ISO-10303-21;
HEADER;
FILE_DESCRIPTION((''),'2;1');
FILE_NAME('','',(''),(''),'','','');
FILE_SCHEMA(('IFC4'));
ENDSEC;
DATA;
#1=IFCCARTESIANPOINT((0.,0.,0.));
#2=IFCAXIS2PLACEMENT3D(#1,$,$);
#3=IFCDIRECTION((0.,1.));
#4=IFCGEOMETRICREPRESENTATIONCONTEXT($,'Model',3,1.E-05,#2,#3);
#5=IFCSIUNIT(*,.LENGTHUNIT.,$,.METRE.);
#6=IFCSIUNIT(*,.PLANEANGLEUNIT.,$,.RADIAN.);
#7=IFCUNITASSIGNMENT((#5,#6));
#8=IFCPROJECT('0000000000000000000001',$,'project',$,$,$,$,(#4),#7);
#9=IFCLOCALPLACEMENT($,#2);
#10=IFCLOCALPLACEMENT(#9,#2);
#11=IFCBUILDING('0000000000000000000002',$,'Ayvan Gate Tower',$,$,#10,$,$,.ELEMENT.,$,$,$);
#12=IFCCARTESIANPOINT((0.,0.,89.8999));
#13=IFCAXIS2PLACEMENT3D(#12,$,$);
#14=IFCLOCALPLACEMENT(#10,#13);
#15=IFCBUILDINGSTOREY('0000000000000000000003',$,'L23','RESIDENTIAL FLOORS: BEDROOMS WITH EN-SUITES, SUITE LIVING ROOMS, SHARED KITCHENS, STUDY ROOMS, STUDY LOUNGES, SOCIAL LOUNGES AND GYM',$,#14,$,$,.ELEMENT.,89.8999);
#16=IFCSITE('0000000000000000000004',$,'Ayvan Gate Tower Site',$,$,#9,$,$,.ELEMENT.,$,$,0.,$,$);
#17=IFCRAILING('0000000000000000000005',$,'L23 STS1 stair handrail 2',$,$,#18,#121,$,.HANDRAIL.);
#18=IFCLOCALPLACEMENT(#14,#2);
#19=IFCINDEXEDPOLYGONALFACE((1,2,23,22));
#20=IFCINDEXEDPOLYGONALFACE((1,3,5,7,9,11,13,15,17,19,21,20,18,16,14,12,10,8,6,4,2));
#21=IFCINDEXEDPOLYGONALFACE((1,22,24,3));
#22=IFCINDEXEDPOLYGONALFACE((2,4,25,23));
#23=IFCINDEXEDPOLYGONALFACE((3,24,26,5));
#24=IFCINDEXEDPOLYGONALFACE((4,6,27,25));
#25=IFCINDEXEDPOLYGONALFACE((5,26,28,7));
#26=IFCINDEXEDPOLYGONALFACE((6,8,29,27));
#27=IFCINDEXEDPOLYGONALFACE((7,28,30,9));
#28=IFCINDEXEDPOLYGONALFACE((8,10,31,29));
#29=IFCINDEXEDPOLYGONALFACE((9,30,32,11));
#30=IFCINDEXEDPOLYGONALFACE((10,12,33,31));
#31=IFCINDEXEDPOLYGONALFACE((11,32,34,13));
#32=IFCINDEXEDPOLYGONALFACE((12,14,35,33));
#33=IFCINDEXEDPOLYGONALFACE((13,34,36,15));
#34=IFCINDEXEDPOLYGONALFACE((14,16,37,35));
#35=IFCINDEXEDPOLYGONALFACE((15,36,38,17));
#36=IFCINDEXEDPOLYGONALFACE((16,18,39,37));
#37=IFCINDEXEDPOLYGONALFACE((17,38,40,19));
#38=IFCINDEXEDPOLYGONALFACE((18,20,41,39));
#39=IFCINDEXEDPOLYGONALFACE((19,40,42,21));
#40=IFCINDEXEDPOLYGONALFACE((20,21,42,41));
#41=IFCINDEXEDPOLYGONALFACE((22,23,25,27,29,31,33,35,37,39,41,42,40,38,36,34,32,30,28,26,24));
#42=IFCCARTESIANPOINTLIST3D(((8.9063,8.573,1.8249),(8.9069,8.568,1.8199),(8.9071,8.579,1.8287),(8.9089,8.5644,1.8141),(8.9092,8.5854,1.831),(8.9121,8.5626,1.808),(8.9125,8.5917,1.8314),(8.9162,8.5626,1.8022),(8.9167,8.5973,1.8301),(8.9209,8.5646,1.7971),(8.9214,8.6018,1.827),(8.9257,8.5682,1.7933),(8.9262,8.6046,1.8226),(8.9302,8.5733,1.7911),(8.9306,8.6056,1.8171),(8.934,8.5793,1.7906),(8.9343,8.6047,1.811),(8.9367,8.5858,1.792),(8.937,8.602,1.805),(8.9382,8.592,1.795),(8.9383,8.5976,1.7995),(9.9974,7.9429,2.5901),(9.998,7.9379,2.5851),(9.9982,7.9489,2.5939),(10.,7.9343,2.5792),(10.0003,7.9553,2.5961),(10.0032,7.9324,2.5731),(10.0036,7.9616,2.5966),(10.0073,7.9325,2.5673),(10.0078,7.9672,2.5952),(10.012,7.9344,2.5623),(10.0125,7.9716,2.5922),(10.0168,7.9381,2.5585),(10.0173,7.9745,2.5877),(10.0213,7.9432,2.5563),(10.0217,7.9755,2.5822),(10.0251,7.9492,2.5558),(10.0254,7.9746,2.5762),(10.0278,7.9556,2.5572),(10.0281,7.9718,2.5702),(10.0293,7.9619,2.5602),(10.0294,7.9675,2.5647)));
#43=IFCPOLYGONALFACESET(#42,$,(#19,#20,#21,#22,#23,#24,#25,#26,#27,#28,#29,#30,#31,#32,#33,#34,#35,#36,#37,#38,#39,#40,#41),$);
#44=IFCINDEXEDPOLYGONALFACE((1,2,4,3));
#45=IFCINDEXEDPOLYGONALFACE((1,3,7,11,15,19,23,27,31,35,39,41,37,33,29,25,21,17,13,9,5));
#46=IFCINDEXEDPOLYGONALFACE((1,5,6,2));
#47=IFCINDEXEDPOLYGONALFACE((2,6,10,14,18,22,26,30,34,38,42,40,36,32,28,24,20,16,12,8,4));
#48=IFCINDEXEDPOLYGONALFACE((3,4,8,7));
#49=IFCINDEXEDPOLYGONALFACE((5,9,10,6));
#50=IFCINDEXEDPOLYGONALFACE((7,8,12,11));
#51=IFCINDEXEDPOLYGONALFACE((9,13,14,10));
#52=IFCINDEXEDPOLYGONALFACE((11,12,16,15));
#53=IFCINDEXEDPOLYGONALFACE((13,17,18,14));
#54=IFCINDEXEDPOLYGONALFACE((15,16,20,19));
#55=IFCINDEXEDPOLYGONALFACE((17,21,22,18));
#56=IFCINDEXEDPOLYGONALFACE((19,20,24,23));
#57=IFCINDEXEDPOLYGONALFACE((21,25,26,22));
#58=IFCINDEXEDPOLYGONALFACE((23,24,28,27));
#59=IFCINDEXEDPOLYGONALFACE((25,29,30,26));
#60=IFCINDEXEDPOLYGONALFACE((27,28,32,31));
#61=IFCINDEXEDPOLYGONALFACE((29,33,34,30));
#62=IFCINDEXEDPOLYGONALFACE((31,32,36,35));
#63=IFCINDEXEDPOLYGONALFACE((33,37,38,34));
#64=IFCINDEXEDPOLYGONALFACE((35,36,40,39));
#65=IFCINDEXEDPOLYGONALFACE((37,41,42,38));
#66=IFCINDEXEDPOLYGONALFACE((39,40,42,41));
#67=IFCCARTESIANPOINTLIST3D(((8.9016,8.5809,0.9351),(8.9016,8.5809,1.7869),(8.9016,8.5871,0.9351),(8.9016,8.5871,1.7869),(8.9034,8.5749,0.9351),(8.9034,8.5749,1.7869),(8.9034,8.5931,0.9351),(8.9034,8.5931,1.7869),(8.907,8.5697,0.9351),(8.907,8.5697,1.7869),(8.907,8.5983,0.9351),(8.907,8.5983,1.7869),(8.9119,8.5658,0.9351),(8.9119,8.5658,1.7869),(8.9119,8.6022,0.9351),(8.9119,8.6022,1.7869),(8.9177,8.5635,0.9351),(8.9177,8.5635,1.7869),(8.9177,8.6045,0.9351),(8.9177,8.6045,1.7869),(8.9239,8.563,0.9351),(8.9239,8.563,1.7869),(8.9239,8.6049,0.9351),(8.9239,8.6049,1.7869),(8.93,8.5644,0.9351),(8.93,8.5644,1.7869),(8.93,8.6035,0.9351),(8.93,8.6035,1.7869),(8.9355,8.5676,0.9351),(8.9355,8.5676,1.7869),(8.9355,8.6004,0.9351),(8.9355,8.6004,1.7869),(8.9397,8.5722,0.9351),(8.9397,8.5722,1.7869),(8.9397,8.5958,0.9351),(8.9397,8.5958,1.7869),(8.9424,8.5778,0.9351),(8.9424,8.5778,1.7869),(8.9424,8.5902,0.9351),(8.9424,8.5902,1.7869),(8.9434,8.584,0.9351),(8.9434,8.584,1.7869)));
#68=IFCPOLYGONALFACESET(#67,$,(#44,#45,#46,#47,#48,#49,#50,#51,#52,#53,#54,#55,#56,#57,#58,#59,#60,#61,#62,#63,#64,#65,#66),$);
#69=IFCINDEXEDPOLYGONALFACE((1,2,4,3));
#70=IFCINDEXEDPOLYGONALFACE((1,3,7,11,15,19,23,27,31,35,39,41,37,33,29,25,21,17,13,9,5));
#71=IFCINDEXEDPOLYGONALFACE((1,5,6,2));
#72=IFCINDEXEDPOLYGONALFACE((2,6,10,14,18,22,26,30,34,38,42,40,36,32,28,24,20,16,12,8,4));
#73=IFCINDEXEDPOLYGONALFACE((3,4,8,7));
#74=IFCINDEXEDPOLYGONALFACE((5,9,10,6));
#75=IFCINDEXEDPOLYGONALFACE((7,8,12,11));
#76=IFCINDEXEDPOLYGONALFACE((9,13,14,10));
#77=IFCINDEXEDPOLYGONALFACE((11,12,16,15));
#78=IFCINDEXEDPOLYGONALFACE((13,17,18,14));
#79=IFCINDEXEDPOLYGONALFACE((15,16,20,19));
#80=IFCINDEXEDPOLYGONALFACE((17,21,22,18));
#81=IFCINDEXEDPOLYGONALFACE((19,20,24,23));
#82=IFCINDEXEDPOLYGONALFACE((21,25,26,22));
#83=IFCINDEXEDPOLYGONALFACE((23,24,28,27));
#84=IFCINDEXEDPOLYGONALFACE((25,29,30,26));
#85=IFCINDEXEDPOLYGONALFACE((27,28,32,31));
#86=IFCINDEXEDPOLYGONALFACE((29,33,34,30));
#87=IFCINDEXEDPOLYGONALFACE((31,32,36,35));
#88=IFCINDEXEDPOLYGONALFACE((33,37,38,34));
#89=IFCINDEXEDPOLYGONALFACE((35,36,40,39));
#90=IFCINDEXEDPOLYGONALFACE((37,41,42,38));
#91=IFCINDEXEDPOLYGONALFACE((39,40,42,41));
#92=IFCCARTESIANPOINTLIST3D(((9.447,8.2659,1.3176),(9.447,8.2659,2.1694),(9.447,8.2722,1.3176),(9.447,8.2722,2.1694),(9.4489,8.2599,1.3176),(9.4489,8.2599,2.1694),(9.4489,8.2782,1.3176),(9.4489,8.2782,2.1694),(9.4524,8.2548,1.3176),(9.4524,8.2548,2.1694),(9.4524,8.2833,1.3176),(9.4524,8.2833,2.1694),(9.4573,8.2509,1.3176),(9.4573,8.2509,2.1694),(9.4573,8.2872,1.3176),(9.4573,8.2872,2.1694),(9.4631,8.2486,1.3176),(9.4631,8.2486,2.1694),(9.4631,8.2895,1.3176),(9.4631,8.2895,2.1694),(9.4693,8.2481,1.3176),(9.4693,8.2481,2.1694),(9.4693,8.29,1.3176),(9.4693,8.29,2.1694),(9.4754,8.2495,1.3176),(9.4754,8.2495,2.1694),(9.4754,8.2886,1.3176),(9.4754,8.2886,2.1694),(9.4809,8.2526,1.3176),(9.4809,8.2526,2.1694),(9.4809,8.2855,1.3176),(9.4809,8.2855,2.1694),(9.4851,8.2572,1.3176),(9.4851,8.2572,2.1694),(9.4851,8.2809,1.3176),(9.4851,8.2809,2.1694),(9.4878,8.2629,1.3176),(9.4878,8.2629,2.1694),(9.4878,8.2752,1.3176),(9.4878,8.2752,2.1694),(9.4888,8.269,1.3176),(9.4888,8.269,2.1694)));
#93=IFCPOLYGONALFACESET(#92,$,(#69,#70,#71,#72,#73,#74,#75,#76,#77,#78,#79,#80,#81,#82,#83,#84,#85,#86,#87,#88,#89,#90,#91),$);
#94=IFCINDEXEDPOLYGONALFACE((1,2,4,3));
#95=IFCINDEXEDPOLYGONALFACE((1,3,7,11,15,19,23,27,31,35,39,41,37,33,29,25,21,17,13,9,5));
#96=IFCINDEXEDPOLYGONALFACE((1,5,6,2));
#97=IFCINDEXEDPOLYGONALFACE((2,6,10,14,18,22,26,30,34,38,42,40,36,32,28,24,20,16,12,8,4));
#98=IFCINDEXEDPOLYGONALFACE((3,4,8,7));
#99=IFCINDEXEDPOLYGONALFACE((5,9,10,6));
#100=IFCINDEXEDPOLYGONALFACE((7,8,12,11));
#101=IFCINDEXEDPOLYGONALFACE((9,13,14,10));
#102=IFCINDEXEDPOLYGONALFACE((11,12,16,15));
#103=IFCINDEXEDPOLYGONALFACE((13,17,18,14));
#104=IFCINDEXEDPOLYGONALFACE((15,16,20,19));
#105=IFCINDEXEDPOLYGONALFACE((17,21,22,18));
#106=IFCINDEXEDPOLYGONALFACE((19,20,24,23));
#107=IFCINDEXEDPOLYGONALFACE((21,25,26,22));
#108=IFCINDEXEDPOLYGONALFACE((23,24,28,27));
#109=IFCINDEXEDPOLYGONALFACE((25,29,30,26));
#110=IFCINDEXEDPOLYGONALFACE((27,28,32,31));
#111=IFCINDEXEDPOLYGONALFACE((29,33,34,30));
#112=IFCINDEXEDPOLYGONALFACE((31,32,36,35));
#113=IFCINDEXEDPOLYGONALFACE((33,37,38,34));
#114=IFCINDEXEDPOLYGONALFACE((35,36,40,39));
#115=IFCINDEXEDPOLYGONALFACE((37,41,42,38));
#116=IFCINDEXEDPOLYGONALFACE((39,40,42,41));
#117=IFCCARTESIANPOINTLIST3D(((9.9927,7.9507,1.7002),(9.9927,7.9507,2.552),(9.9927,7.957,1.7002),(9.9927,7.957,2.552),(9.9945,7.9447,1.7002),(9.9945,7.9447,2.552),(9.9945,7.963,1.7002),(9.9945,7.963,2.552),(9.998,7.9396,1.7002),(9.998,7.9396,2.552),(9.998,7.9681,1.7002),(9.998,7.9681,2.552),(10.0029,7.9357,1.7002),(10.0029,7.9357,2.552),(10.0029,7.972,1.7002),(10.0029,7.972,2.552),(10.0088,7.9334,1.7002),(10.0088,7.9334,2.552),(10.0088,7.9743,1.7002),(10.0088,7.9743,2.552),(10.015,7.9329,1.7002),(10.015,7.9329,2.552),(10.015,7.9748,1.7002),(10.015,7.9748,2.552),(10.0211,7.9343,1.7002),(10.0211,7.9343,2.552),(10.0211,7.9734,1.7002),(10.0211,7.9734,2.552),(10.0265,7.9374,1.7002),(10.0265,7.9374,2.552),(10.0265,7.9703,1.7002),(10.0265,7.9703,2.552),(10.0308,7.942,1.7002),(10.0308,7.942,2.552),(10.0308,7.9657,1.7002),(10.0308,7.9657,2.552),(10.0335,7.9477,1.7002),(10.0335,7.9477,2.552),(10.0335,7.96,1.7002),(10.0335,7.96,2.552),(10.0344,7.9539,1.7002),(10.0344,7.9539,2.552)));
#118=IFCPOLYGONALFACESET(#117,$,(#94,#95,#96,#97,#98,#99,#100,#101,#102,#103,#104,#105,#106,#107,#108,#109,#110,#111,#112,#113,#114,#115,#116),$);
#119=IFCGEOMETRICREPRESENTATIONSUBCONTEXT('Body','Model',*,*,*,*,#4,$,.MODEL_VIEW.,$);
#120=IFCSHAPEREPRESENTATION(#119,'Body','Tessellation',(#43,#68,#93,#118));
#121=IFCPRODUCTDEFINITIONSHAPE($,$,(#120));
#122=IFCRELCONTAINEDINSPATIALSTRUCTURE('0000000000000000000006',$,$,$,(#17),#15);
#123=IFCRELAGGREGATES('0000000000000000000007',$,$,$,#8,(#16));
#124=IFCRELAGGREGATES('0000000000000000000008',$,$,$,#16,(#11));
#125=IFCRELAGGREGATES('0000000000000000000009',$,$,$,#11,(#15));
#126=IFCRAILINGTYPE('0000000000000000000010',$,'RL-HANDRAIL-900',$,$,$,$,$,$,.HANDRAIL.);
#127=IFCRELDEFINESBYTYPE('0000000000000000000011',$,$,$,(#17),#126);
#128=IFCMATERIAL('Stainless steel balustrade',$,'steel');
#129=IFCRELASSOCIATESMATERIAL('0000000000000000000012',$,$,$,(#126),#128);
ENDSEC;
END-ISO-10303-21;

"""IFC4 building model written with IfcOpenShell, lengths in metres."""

from ifc_helpers import new_model, si_unit, direction, frame, origin, origin_2d, place, context, subcontext, project, spatial, circle, extrude, material, type_object, element, save


model = new_model("IFC4")

# Units and contexts
model_context = context("Model", 3, precision=1e-05, world=origin(), true_north=direction((0.0, 1.0)))
body_context = subcontext(model_context, "Body", "Model", "MODEL_VIEW")
ifc_project = project(units=[si_unit("LENGTHUNIT", "METRE"), si_unit("PLANEANGLEUNIT", "RADIAN")], contexts=[model_context])

# Site, building, storey
site_placement = place(None, origin())
site = spatial("IfcSite", under=ifc_project, at=site_placement, Name="Ayvan Gate Tower Site", CompositionType="ELEMENT", RefElevation=0.0)
building_placement = place(site_placement, origin())
building = spatial("IfcBuilding", under=site, at=building_placement, Name="Ayvan Gate Tower", CompositionType="ELEMENT")
storey_placement = place(building_placement, frame((0.0, 0.0, 89.8999)))
storey = spatial("IfcBuildingStorey", under=building, at=storey_placement, Name="L23", Description="RESIDENTIAL FLOORS: BEDROOMS WITH EN-SUITES, SUITE LIVING ROOMS, SHARED KITCHENS, STUDY ROOMS, STUDY LOUNGES, SOCIAL LOUNGES AND GYM", CompositionType="ELEMENT", Elevation=89.8999)

# Railing
ifc_material_1 = material(Name="Stainless steel balustrade", Category="steel")
railing_type_1 = type_object("IfcRailingType", Name="RL-HANDRAIL-900", PredefinedType="HANDRAIL", material=ifc_material_1)
railing_1_placement = place(storey_placement, frame((8.9224, 8.584, 0.9351)))
element("IfcRailing", 1, at=railing_1_placement, inside=storey, type_object=railing_type_1, Name="L23 STS1 stair handrail 2", PredefinedType="HANDRAIL", context=body_context, shape_type="SweptSolid", body=[
    extrude(circle(Radius=0.0239, at=origin_2d()), frame((0.0, 0.0, 0.876), z_axis=(0.740166, -0.427471, 0.51906), x_axis=(0.500119, 0.865956, 0.0)), (0.0, 0.0, 1.0), 1.4741),
    extrude(circle(Radius=0.021, at=origin_2d()), origin(), (0.0, 0.0, 1.0), 0.8518),
    extrude(circle(Radius=0.021, at=origin_2d()), frame((0.5454, -0.3149, 0.3826)), (0.0, 0.0, 1.0), 0.8518),
    extrude(circle(Radius=0.021, at=origin_2d()), frame((1.0911, -0.6301, 0.7651)), (0.0, 0.0, 1.0), 0.8518),
])

save(model, "model.ifc")
